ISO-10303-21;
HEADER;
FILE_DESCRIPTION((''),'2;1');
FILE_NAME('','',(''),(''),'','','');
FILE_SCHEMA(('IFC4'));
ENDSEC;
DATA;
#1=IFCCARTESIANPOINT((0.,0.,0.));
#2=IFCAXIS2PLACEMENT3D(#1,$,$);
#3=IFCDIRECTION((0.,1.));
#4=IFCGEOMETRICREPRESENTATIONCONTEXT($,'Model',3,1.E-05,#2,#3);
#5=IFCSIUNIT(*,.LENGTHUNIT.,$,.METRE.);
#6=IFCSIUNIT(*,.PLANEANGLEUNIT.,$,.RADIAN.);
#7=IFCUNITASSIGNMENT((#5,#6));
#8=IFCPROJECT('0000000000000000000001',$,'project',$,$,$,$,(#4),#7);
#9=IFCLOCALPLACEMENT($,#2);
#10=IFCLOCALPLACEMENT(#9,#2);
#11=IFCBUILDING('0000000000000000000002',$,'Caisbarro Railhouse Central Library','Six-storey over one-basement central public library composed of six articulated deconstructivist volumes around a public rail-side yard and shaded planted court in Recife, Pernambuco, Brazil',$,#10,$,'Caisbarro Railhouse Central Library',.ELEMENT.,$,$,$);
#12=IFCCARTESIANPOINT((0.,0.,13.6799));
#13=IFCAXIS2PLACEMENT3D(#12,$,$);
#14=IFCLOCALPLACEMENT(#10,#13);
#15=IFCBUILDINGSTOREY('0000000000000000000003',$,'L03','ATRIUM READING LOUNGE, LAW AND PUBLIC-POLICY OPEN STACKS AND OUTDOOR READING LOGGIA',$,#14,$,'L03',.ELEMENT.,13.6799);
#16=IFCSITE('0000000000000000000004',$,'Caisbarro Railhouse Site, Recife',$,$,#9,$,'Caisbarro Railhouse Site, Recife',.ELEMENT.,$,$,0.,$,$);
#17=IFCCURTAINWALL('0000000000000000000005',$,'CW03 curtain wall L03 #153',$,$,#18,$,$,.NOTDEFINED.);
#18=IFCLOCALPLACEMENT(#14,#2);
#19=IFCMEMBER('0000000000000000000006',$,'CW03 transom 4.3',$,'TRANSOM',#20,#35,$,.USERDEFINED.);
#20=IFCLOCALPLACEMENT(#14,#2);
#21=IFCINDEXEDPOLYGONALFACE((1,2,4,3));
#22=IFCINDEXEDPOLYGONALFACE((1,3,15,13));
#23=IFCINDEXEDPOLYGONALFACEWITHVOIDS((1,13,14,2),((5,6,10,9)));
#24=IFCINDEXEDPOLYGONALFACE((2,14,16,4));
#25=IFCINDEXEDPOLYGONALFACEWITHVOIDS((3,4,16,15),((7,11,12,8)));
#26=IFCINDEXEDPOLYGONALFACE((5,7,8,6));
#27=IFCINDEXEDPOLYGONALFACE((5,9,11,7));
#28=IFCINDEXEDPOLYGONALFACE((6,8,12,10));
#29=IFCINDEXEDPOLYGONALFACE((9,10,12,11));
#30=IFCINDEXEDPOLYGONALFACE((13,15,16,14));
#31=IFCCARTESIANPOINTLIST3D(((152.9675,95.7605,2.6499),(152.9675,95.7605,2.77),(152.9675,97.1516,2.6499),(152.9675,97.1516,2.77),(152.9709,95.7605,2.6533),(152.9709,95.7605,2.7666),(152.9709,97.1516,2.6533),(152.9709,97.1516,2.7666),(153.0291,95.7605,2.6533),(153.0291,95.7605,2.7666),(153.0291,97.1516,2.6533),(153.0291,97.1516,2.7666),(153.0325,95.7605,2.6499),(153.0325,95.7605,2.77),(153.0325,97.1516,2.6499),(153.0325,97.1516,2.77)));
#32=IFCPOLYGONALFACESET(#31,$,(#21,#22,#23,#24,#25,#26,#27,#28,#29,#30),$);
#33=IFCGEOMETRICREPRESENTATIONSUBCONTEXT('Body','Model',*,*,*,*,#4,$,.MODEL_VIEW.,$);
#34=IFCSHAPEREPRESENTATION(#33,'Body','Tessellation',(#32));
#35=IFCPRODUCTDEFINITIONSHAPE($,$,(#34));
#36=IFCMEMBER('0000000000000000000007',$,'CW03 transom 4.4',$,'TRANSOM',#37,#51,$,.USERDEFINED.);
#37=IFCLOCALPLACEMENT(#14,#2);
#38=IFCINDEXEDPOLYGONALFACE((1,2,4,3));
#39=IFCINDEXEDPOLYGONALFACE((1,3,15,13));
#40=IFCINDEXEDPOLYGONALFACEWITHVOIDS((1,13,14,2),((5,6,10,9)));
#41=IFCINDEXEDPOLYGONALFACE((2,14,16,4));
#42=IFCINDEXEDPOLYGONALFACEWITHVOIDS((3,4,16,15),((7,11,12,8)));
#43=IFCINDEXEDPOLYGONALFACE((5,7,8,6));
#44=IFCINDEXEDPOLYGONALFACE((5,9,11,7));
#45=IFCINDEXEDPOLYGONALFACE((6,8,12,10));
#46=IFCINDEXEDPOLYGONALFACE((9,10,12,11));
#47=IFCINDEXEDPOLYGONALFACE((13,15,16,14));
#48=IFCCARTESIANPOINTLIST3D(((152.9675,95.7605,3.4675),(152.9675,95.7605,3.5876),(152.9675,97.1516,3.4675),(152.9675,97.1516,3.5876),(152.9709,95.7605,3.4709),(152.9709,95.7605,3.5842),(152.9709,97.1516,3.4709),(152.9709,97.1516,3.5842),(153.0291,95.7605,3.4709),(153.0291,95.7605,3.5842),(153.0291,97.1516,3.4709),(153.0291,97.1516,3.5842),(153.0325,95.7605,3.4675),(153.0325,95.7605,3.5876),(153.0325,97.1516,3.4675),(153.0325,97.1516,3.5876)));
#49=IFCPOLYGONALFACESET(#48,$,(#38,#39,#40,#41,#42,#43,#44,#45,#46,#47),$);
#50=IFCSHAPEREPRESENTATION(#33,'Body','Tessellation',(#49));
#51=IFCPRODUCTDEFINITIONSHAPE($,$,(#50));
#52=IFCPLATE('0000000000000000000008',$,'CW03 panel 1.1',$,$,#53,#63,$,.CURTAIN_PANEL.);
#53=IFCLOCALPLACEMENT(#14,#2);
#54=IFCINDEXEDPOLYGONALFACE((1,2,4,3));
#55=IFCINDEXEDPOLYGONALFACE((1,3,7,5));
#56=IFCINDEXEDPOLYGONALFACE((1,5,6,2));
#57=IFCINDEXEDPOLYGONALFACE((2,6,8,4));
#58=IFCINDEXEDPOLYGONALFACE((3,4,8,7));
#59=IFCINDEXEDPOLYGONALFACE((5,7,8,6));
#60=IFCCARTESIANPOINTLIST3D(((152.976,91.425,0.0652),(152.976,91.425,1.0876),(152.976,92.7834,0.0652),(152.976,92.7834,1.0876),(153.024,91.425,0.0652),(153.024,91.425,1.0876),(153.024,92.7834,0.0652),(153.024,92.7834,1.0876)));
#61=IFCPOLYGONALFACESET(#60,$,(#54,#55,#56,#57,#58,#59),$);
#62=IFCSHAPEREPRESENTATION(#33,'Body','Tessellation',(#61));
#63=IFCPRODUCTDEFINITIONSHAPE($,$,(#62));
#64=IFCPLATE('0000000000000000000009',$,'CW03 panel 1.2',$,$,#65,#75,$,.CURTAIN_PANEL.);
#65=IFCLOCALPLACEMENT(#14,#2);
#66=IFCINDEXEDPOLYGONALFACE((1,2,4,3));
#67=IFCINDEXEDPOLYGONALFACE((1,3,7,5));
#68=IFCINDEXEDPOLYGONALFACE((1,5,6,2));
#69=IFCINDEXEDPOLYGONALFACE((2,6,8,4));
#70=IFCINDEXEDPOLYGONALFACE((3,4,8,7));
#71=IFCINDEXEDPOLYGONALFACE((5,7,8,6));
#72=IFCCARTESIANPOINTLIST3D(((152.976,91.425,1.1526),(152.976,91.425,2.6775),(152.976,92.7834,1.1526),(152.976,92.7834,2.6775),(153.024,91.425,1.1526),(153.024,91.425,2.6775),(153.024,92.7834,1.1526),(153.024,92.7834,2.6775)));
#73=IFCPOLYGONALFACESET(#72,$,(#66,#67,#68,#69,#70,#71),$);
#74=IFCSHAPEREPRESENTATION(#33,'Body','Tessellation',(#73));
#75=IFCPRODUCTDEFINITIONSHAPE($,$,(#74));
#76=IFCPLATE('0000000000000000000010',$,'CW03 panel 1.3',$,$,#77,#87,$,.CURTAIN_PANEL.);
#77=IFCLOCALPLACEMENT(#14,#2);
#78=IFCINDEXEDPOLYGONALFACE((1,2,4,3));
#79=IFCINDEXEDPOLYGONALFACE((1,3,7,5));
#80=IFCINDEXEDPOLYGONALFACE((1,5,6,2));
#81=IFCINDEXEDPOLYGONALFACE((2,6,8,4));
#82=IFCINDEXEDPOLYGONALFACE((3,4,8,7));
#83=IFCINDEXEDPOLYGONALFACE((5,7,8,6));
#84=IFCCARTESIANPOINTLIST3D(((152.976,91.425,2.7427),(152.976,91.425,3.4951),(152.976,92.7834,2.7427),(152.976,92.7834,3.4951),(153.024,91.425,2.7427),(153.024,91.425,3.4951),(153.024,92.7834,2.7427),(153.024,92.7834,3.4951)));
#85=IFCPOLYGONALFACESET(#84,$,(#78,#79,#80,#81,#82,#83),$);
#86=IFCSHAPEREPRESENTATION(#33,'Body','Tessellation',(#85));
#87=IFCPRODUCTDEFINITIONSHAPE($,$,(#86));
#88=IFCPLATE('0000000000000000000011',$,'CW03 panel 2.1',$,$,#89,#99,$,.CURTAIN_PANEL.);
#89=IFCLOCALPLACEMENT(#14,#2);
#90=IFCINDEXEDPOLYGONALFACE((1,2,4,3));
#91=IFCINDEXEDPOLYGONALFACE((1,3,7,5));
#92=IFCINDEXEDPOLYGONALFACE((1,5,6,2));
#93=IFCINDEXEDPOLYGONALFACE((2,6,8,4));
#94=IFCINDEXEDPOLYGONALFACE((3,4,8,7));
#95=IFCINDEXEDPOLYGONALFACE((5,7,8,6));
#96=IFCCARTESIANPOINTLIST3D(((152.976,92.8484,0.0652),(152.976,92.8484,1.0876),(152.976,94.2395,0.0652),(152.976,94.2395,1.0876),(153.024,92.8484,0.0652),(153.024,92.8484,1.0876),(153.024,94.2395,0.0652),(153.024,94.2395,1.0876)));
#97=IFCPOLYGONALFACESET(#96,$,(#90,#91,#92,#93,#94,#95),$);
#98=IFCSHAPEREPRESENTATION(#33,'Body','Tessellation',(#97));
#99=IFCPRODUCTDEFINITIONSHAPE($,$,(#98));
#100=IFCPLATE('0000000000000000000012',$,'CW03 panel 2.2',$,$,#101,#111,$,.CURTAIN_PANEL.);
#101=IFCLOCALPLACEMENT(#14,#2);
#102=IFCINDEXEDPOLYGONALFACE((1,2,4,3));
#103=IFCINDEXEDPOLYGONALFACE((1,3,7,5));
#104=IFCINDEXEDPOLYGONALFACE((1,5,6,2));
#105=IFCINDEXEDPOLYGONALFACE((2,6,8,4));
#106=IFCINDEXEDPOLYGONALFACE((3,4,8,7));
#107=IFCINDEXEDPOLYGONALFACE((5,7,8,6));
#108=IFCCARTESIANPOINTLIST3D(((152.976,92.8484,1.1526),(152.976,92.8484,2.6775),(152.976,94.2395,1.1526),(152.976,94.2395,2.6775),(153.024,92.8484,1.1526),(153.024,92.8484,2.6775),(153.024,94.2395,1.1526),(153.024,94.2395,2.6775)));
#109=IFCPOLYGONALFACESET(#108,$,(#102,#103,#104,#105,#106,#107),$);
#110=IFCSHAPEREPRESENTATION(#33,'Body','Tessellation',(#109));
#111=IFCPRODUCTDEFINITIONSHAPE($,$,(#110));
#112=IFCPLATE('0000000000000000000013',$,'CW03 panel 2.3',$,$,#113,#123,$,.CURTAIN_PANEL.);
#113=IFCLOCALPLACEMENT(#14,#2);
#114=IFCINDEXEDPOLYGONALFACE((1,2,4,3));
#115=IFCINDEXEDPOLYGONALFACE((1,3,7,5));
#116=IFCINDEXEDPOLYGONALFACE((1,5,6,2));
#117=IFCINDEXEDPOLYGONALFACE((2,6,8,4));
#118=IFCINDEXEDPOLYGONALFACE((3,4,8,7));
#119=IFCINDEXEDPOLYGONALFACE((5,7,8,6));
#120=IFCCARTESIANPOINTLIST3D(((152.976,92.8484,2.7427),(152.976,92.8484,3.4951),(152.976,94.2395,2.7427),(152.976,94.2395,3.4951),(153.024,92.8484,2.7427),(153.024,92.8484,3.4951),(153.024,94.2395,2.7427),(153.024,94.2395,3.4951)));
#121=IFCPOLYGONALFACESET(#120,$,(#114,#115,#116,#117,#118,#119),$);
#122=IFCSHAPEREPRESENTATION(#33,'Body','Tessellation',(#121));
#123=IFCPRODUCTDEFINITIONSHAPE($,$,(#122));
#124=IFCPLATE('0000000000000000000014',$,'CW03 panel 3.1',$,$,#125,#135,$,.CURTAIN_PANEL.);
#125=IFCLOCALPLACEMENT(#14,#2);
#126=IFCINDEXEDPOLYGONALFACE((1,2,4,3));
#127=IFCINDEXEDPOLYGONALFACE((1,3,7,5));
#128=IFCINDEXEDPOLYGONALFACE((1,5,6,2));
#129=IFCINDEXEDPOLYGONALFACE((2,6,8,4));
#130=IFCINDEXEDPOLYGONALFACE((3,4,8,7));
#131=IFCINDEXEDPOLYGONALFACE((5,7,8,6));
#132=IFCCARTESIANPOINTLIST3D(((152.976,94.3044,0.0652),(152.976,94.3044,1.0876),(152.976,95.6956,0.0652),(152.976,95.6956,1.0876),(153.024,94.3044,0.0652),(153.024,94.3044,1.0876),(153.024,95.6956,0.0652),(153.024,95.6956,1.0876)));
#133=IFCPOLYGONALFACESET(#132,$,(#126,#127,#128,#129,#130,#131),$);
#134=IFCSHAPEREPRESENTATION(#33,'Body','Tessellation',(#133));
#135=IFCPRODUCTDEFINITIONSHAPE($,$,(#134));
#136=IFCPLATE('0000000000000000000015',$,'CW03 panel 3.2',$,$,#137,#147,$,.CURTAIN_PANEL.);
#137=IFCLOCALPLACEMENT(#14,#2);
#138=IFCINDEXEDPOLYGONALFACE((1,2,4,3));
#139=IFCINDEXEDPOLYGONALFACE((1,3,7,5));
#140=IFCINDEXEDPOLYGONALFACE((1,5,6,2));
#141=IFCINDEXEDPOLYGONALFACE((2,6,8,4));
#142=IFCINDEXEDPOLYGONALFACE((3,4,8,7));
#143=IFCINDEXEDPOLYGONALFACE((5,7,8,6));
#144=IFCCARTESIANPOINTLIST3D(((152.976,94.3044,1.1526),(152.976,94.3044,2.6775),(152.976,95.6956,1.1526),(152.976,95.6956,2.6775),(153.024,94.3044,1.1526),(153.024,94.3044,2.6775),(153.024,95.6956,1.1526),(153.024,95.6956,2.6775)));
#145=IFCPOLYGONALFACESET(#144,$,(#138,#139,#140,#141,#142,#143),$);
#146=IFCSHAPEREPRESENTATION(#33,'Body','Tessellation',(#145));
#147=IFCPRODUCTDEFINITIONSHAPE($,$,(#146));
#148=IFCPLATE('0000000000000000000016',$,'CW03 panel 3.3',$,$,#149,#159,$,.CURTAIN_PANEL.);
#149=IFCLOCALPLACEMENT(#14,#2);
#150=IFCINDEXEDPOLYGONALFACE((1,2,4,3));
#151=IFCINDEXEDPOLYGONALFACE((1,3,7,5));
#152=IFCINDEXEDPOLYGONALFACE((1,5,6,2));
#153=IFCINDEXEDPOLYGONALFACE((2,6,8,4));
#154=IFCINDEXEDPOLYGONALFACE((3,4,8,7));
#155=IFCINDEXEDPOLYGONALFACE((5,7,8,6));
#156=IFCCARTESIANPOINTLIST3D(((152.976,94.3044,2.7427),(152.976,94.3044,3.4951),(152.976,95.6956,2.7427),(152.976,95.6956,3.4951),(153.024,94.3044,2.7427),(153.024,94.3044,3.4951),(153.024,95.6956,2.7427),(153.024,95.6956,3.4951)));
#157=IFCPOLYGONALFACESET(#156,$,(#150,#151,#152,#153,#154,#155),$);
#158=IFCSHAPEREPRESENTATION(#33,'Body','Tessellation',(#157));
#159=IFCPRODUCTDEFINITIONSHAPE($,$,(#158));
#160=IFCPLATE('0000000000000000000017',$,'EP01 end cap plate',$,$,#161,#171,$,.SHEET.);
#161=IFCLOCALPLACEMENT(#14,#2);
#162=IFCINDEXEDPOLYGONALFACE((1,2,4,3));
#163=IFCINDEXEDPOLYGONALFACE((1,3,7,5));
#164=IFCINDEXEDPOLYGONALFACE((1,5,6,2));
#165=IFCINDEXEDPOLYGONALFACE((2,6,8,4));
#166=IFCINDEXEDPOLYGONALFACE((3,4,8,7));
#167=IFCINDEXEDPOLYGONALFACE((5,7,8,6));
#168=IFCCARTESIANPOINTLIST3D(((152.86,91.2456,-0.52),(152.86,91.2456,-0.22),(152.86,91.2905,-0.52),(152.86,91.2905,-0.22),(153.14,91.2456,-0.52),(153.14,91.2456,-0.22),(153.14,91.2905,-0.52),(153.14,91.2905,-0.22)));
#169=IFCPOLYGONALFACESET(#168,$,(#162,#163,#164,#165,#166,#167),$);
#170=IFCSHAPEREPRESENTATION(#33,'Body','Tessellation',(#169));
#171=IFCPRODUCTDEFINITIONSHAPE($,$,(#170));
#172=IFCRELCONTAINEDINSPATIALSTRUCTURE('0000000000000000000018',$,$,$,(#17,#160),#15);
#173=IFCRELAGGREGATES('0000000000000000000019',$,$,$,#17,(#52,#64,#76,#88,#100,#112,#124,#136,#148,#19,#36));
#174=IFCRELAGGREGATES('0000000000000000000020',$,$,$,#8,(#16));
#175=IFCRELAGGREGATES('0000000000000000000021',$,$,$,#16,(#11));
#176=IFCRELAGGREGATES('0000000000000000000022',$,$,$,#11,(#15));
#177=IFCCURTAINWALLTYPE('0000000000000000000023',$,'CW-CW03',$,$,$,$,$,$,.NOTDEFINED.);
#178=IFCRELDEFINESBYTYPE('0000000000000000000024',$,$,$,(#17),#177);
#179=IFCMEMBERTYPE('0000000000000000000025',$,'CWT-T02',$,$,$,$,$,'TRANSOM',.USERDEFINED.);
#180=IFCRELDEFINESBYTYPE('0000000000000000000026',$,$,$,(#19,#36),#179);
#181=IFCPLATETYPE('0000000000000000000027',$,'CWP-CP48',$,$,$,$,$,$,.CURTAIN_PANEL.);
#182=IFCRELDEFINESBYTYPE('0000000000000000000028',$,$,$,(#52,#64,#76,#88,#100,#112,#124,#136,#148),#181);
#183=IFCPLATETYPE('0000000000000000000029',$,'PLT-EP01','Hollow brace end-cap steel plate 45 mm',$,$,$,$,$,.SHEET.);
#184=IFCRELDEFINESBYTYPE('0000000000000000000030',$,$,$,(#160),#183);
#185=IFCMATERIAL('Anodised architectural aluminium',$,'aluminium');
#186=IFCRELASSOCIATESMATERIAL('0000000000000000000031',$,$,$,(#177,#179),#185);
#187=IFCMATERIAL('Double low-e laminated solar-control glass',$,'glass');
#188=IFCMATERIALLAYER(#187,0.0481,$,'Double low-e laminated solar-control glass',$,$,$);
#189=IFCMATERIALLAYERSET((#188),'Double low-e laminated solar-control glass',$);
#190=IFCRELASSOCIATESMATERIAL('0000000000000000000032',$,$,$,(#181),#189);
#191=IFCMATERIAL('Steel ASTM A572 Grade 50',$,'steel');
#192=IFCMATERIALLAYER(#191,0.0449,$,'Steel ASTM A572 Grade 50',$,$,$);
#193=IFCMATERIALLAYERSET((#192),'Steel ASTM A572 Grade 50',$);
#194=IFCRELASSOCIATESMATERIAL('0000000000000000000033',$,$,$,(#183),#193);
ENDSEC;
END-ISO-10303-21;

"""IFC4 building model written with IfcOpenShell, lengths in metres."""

from ifc_helpers import new_model, si_unit, direction, frame, origin, origin_2d, place, context, subcontext, project, spatial, rectangle, hollow_rectangle, extrude, material, layer, layer_set, material_profile, profile_set, type_object, element, aggregate, save


model = new_model("IFC4")

# Units and contexts
model_context = context("Model", 3, precision=1e-05, world=origin(), true_north=direction((0.0, 1.0)))
body_context = subcontext(model_context, "Body", "Model", "MODEL_VIEW")
ifc_project = project(units=[si_unit("LENGTHUNIT", "METRE"), si_unit("PLANEANGLEUNIT", "RADIAN")], contexts=[model_context])

# Site, building, storey
site_placement = place(None, origin())
site = spatial("IfcSite", under=ifc_project, at=site_placement, Name="Caisbarro Railhouse Site, Recife", LongName="Caisbarro Railhouse Site, Recife", CompositionType="ELEMENT", RefElevation=0.0)
building_placement = place(site_placement, origin())
building = spatial("IfcBuilding", under=site, at=building_placement, Name="Caisbarro Railhouse Central Library", Description="Six-storey over one-basement central public library composed of six articulated deconstructivist volumes around a public rail-side yard and shaded planted court in Recife, Pernambuco, Brazil", LongName="Caisbarro Railhouse Central Library", CompositionType="ELEMENT")
storey_placement = place(building_placement, frame((0.0, 0.0, 13.6799)))
storey = spatial("IfcBuildingStorey", under=building, at=storey_placement, Name="L03", Description="ATRIUM READING LOUNGE, LAW AND PUBLIC-POLICY OPEN STACKS AND OUTDOOR READING LOGGIA", LongName="L03", CompositionType="ELEMENT", Elevation=13.6799)

# Shared definitions
ifc_material_1 = material(Name="Steel ASTM A572 Grade 50", Category="steel")

# Curtain wall, members, plates
ifc_material_2 = material(Name="Anodised architectural aluminium", Category="aluminium")
curtain_wall_type = type_object("IfcCurtainWallType", Name="CW-CW03", PredefinedType="NOTDEFINED", material=ifc_material_2)
curtain_wall_placement = place(storey_placement, origin())
curtain_wall = element("IfcCurtainWall", 1, at=curtain_wall_placement, inside=storey, type_object=curtain_wall_type, Name="CW03 curtain wall L03 #153", PredefinedType="NOTDEFINED")
ifc_material_profile_1 = material_profile(ifc_material_2, hollow_rectangle(XDim=0.0649, YDim=0.1201, WallThickness=0.0034, at=origin_2d()), Name="ALU-TRN-65X120")
ifc_profile_set_1 = profile_set([ifc_material_profile_1], Name="Anodised architectural aluminium")
member_type_1 = type_object("IfcMemberType", Name="CWT-T02", ElementType="TRANSOM", PredefinedType="USERDEFINED", material=ifc_profile_set_1)
member_1_placement = place(storey_placement, frame((153.0, 95.7605, 2.71), z_axis=(0.0, 1.0, 0.0), x_axis=(-1.0, 0.0, 0.0)))
member_1 = element("IfcMember", 2, at=member_1_placement, type_object=member_type_1, Name="CW03 transom 4.3", ObjectType="TRANSOM", PredefinedType="USERDEFINED", context=body_context, shape_type="SweptSolid", body=[
    extrude(hollow_rectangle(XDim=0.0649, YDim=0.1201, WallThickness=0.0034, at=origin_2d()), origin(), (0.0, 0.0, 1.0), 1.3911),
])
member_2_placement = place(storey_placement, frame((153.0, 95.7605, 3.5276), z_axis=(0.0, 1.0, 0.0), x_axis=(-1.0, 0.0, 0.0)))
member_2 = element("IfcMember", 3, at=member_2_placement, type_object=member_type_1, Name="CW03 transom 4.4", ObjectType="TRANSOM", PredefinedType="USERDEFINED", context=body_context, shape_type="SweptSolid", body=[
    extrude(hollow_rectangle(XDim=0.0649, YDim=0.1201, WallThickness=0.0034, at=origin_2d()), origin(), (0.0, 0.0, 1.0), 1.3911),
])
ifc_material_3 = material(Name="Double low-e laminated solar-control glass", Category="glass")
ifc_layer_1 = layer(ifc_material_3, 0.0481, Name="Double low-e laminated solar-control glass")
ifc_layer_set_1 = layer_set([ifc_layer_1], Name="Double low-e laminated solar-control glass")
plate_type_1 = type_object("IfcPlateType", Name="CWP-CP48", PredefinedType="CURTAIN_PANEL", material=ifc_layer_set_1)
plate_1_placement = place(storey_placement, frame((153.0, 92.1042, 0.0652), z_axis=(0.0, 0.0, 1.0), x_axis=(0.0, 1.0, 0.0)))
plate_1 = element("IfcPlate", 4, at=plate_1_placement, type_object=plate_type_1, Name="CW03 panel 1.1", PredefinedType="CURTAIN_PANEL", context=body_context, shape_type="SweptSolid", body=[
    extrude(rectangle(XDim=1.3584, YDim=0.0481, at=origin_2d()), origin(), (0.0, 0.0, 1.0), 1.0225),
])
plate_2_placement = place(storey_placement, frame((153.0, 92.1042, 1.1526), z_axis=(0.0, 0.0, 1.0), x_axis=(0.0, 1.0, 0.0)))
plate_2 = element("IfcPlate", 5, at=plate_2_placement, type_object=plate_type_1, Name="CW03 panel 1.2", PredefinedType="CURTAIN_PANEL", context=body_context, shape_type="SweptSolid", body=[
    extrude(rectangle(XDim=1.3584, YDim=0.0481, at=origin_2d()), origin(), (0.0, 0.0, 1.0), 1.5249),
])
plate_3_placement = place(storey_placement, frame((153.0, 92.1042, 2.7427), z_axis=(0.0, 0.0, 1.0), x_axis=(0.0, 1.0, 0.0)))
plate_3 = element("IfcPlate", 6, at=plate_3_placement, type_object=plate_type_1, Name="CW03 panel 1.3", PredefinedType="CURTAIN_PANEL", context=body_context, shape_type="SweptSolid", body=[
    extrude(rectangle(XDim=1.3584, YDim=0.0481, at=origin_2d()), origin(), (0.0, 0.0, 1.0), 0.7524),
])
plate_4_placement = place(storey_placement, frame((153.0, 93.5439, 0.0652), z_axis=(0.0, 0.0, 1.0), x_axis=(0.0, 1.0, 0.0)))
plate_4 = element("IfcPlate", 7, at=plate_4_placement, type_object=plate_type_1, Name="CW03 panel 2.1", PredefinedType="CURTAIN_PANEL", context=body_context, shape_type="SweptSolid", body=[
    extrude(rectangle(XDim=1.3911, YDim=0.0481, at=origin_2d()), origin(), (0.0, 0.0, 1.0), 1.0225),
])
plate_5_placement = place(storey_placement, frame((153.0, 93.5439, 1.1526), z_axis=(0.0, 0.0, 1.0), x_axis=(0.0, 1.0, 0.0)))
plate_5 = element("IfcPlate", 8, at=plate_5_placement, type_object=plate_type_1, Name="CW03 panel 2.2", PredefinedType="CURTAIN_PANEL", context=body_context, shape_type="SweptSolid", body=[
    extrude(rectangle(XDim=1.3911, YDim=0.0481, at=origin_2d()), origin(), (0.0, 0.0, 1.0), 1.5249),
])
plate_6_placement = place(storey_placement, frame((153.0, 93.5439, 2.7427), z_axis=(0.0, 0.0, 1.0), x_axis=(0.0, 1.0, 0.0)))
plate_6 = element("IfcPlate", 9, at=plate_6_placement, type_object=plate_type_1, Name="CW03 panel 2.3", PredefinedType="CURTAIN_PANEL", context=body_context, shape_type="SweptSolid", body=[
    extrude(rectangle(XDim=1.3911, YDim=0.0481, at=origin_2d()), origin(), (0.0, 0.0, 1.0), 0.7524),
])
plate_7_placement = place(storey_placement, frame((153.0, 95.0, 0.0652), z_axis=(0.0, 0.0, 1.0), x_axis=(0.0, 1.0, 0.0)))
plate_7 = element("IfcPlate", 10, at=plate_7_placement, type_object=plate_type_1, Name="CW03 panel 3.1", PredefinedType="CURTAIN_PANEL", context=body_context, shape_type="SweptSolid", body=[
    extrude(rectangle(XDim=1.3911, YDim=0.0481, at=origin_2d()), origin(), (0.0, 0.0, 1.0), 1.0225),
])
plate_8_placement = place(storey_placement, frame((153.0, 95.0, 1.1526), z_axis=(0.0, 0.0, 1.0), x_axis=(0.0, 1.0, 0.0)))
plate_8 = element("IfcPlate", 11, at=plate_8_placement, type_object=plate_type_1, Name="CW03 panel 3.2", PredefinedType="CURTAIN_PANEL", context=body_context, shape_type="SweptSolid", body=[
    extrude(rectangle(XDim=1.3911, YDim=0.0481, at=origin_2d()), origin(), (0.0, 0.0, 1.0), 1.5249),
])
plate_9_placement = place(storey_placement, frame((153.0, 95.0, 2.7427), z_axis=(0.0, 0.0, 1.0), x_axis=(0.0, 1.0, 0.0)))
plate_9 = element("IfcPlate", 12, at=plate_9_placement, type_object=plate_type_1, Name="CW03 panel 3.3", PredefinedType="CURTAIN_PANEL", context=body_context, shape_type="SweptSolid", body=[
    extrude(rectangle(XDim=1.3911, YDim=0.0481, at=origin_2d()), origin(), (0.0, 0.0, 1.0), 0.7524),
])
aggregate(curtain_wall, [plate_1, plate_2, plate_3, plate_4, plate_5, plate_6, plate_7, plate_8, plate_9, member_1, member_2])

# Plate
ifc_layer_2 = layer(ifc_material_1, 0.0449, Name="Steel ASTM A572 Grade 50")
ifc_layer_set_2 = layer_set([ifc_layer_2], Name="Steel ASTM A572 Grade 50")
plate_type_2 = type_object("IfcPlateType", Name="PLT-EP01", Description="Hollow brace end-cap steel plate 45 mm", PredefinedType="SHEET", material=ifc_layer_set_2)
plate_10_placement = place(storey_placement, frame((153.0, 91.2681, -0.52), z_axis=(0.0, 0.0, 1.0), x_axis=(0.0, 1.0, 0.0)))
element("IfcPlate", 13, at=plate_10_placement, inside=storey, type_object=plate_type_2, Name="EP01 end cap plate", PredefinedType="SHEET", context=body_context, shape_type="SweptSolid", body=[
    extrude(rectangle(XDim=0.0449, YDim=0.28, at=origin_2d()), origin(), (0.0, 0.0, 1.0), 0.3),
])

save(model, "model.ifc")
